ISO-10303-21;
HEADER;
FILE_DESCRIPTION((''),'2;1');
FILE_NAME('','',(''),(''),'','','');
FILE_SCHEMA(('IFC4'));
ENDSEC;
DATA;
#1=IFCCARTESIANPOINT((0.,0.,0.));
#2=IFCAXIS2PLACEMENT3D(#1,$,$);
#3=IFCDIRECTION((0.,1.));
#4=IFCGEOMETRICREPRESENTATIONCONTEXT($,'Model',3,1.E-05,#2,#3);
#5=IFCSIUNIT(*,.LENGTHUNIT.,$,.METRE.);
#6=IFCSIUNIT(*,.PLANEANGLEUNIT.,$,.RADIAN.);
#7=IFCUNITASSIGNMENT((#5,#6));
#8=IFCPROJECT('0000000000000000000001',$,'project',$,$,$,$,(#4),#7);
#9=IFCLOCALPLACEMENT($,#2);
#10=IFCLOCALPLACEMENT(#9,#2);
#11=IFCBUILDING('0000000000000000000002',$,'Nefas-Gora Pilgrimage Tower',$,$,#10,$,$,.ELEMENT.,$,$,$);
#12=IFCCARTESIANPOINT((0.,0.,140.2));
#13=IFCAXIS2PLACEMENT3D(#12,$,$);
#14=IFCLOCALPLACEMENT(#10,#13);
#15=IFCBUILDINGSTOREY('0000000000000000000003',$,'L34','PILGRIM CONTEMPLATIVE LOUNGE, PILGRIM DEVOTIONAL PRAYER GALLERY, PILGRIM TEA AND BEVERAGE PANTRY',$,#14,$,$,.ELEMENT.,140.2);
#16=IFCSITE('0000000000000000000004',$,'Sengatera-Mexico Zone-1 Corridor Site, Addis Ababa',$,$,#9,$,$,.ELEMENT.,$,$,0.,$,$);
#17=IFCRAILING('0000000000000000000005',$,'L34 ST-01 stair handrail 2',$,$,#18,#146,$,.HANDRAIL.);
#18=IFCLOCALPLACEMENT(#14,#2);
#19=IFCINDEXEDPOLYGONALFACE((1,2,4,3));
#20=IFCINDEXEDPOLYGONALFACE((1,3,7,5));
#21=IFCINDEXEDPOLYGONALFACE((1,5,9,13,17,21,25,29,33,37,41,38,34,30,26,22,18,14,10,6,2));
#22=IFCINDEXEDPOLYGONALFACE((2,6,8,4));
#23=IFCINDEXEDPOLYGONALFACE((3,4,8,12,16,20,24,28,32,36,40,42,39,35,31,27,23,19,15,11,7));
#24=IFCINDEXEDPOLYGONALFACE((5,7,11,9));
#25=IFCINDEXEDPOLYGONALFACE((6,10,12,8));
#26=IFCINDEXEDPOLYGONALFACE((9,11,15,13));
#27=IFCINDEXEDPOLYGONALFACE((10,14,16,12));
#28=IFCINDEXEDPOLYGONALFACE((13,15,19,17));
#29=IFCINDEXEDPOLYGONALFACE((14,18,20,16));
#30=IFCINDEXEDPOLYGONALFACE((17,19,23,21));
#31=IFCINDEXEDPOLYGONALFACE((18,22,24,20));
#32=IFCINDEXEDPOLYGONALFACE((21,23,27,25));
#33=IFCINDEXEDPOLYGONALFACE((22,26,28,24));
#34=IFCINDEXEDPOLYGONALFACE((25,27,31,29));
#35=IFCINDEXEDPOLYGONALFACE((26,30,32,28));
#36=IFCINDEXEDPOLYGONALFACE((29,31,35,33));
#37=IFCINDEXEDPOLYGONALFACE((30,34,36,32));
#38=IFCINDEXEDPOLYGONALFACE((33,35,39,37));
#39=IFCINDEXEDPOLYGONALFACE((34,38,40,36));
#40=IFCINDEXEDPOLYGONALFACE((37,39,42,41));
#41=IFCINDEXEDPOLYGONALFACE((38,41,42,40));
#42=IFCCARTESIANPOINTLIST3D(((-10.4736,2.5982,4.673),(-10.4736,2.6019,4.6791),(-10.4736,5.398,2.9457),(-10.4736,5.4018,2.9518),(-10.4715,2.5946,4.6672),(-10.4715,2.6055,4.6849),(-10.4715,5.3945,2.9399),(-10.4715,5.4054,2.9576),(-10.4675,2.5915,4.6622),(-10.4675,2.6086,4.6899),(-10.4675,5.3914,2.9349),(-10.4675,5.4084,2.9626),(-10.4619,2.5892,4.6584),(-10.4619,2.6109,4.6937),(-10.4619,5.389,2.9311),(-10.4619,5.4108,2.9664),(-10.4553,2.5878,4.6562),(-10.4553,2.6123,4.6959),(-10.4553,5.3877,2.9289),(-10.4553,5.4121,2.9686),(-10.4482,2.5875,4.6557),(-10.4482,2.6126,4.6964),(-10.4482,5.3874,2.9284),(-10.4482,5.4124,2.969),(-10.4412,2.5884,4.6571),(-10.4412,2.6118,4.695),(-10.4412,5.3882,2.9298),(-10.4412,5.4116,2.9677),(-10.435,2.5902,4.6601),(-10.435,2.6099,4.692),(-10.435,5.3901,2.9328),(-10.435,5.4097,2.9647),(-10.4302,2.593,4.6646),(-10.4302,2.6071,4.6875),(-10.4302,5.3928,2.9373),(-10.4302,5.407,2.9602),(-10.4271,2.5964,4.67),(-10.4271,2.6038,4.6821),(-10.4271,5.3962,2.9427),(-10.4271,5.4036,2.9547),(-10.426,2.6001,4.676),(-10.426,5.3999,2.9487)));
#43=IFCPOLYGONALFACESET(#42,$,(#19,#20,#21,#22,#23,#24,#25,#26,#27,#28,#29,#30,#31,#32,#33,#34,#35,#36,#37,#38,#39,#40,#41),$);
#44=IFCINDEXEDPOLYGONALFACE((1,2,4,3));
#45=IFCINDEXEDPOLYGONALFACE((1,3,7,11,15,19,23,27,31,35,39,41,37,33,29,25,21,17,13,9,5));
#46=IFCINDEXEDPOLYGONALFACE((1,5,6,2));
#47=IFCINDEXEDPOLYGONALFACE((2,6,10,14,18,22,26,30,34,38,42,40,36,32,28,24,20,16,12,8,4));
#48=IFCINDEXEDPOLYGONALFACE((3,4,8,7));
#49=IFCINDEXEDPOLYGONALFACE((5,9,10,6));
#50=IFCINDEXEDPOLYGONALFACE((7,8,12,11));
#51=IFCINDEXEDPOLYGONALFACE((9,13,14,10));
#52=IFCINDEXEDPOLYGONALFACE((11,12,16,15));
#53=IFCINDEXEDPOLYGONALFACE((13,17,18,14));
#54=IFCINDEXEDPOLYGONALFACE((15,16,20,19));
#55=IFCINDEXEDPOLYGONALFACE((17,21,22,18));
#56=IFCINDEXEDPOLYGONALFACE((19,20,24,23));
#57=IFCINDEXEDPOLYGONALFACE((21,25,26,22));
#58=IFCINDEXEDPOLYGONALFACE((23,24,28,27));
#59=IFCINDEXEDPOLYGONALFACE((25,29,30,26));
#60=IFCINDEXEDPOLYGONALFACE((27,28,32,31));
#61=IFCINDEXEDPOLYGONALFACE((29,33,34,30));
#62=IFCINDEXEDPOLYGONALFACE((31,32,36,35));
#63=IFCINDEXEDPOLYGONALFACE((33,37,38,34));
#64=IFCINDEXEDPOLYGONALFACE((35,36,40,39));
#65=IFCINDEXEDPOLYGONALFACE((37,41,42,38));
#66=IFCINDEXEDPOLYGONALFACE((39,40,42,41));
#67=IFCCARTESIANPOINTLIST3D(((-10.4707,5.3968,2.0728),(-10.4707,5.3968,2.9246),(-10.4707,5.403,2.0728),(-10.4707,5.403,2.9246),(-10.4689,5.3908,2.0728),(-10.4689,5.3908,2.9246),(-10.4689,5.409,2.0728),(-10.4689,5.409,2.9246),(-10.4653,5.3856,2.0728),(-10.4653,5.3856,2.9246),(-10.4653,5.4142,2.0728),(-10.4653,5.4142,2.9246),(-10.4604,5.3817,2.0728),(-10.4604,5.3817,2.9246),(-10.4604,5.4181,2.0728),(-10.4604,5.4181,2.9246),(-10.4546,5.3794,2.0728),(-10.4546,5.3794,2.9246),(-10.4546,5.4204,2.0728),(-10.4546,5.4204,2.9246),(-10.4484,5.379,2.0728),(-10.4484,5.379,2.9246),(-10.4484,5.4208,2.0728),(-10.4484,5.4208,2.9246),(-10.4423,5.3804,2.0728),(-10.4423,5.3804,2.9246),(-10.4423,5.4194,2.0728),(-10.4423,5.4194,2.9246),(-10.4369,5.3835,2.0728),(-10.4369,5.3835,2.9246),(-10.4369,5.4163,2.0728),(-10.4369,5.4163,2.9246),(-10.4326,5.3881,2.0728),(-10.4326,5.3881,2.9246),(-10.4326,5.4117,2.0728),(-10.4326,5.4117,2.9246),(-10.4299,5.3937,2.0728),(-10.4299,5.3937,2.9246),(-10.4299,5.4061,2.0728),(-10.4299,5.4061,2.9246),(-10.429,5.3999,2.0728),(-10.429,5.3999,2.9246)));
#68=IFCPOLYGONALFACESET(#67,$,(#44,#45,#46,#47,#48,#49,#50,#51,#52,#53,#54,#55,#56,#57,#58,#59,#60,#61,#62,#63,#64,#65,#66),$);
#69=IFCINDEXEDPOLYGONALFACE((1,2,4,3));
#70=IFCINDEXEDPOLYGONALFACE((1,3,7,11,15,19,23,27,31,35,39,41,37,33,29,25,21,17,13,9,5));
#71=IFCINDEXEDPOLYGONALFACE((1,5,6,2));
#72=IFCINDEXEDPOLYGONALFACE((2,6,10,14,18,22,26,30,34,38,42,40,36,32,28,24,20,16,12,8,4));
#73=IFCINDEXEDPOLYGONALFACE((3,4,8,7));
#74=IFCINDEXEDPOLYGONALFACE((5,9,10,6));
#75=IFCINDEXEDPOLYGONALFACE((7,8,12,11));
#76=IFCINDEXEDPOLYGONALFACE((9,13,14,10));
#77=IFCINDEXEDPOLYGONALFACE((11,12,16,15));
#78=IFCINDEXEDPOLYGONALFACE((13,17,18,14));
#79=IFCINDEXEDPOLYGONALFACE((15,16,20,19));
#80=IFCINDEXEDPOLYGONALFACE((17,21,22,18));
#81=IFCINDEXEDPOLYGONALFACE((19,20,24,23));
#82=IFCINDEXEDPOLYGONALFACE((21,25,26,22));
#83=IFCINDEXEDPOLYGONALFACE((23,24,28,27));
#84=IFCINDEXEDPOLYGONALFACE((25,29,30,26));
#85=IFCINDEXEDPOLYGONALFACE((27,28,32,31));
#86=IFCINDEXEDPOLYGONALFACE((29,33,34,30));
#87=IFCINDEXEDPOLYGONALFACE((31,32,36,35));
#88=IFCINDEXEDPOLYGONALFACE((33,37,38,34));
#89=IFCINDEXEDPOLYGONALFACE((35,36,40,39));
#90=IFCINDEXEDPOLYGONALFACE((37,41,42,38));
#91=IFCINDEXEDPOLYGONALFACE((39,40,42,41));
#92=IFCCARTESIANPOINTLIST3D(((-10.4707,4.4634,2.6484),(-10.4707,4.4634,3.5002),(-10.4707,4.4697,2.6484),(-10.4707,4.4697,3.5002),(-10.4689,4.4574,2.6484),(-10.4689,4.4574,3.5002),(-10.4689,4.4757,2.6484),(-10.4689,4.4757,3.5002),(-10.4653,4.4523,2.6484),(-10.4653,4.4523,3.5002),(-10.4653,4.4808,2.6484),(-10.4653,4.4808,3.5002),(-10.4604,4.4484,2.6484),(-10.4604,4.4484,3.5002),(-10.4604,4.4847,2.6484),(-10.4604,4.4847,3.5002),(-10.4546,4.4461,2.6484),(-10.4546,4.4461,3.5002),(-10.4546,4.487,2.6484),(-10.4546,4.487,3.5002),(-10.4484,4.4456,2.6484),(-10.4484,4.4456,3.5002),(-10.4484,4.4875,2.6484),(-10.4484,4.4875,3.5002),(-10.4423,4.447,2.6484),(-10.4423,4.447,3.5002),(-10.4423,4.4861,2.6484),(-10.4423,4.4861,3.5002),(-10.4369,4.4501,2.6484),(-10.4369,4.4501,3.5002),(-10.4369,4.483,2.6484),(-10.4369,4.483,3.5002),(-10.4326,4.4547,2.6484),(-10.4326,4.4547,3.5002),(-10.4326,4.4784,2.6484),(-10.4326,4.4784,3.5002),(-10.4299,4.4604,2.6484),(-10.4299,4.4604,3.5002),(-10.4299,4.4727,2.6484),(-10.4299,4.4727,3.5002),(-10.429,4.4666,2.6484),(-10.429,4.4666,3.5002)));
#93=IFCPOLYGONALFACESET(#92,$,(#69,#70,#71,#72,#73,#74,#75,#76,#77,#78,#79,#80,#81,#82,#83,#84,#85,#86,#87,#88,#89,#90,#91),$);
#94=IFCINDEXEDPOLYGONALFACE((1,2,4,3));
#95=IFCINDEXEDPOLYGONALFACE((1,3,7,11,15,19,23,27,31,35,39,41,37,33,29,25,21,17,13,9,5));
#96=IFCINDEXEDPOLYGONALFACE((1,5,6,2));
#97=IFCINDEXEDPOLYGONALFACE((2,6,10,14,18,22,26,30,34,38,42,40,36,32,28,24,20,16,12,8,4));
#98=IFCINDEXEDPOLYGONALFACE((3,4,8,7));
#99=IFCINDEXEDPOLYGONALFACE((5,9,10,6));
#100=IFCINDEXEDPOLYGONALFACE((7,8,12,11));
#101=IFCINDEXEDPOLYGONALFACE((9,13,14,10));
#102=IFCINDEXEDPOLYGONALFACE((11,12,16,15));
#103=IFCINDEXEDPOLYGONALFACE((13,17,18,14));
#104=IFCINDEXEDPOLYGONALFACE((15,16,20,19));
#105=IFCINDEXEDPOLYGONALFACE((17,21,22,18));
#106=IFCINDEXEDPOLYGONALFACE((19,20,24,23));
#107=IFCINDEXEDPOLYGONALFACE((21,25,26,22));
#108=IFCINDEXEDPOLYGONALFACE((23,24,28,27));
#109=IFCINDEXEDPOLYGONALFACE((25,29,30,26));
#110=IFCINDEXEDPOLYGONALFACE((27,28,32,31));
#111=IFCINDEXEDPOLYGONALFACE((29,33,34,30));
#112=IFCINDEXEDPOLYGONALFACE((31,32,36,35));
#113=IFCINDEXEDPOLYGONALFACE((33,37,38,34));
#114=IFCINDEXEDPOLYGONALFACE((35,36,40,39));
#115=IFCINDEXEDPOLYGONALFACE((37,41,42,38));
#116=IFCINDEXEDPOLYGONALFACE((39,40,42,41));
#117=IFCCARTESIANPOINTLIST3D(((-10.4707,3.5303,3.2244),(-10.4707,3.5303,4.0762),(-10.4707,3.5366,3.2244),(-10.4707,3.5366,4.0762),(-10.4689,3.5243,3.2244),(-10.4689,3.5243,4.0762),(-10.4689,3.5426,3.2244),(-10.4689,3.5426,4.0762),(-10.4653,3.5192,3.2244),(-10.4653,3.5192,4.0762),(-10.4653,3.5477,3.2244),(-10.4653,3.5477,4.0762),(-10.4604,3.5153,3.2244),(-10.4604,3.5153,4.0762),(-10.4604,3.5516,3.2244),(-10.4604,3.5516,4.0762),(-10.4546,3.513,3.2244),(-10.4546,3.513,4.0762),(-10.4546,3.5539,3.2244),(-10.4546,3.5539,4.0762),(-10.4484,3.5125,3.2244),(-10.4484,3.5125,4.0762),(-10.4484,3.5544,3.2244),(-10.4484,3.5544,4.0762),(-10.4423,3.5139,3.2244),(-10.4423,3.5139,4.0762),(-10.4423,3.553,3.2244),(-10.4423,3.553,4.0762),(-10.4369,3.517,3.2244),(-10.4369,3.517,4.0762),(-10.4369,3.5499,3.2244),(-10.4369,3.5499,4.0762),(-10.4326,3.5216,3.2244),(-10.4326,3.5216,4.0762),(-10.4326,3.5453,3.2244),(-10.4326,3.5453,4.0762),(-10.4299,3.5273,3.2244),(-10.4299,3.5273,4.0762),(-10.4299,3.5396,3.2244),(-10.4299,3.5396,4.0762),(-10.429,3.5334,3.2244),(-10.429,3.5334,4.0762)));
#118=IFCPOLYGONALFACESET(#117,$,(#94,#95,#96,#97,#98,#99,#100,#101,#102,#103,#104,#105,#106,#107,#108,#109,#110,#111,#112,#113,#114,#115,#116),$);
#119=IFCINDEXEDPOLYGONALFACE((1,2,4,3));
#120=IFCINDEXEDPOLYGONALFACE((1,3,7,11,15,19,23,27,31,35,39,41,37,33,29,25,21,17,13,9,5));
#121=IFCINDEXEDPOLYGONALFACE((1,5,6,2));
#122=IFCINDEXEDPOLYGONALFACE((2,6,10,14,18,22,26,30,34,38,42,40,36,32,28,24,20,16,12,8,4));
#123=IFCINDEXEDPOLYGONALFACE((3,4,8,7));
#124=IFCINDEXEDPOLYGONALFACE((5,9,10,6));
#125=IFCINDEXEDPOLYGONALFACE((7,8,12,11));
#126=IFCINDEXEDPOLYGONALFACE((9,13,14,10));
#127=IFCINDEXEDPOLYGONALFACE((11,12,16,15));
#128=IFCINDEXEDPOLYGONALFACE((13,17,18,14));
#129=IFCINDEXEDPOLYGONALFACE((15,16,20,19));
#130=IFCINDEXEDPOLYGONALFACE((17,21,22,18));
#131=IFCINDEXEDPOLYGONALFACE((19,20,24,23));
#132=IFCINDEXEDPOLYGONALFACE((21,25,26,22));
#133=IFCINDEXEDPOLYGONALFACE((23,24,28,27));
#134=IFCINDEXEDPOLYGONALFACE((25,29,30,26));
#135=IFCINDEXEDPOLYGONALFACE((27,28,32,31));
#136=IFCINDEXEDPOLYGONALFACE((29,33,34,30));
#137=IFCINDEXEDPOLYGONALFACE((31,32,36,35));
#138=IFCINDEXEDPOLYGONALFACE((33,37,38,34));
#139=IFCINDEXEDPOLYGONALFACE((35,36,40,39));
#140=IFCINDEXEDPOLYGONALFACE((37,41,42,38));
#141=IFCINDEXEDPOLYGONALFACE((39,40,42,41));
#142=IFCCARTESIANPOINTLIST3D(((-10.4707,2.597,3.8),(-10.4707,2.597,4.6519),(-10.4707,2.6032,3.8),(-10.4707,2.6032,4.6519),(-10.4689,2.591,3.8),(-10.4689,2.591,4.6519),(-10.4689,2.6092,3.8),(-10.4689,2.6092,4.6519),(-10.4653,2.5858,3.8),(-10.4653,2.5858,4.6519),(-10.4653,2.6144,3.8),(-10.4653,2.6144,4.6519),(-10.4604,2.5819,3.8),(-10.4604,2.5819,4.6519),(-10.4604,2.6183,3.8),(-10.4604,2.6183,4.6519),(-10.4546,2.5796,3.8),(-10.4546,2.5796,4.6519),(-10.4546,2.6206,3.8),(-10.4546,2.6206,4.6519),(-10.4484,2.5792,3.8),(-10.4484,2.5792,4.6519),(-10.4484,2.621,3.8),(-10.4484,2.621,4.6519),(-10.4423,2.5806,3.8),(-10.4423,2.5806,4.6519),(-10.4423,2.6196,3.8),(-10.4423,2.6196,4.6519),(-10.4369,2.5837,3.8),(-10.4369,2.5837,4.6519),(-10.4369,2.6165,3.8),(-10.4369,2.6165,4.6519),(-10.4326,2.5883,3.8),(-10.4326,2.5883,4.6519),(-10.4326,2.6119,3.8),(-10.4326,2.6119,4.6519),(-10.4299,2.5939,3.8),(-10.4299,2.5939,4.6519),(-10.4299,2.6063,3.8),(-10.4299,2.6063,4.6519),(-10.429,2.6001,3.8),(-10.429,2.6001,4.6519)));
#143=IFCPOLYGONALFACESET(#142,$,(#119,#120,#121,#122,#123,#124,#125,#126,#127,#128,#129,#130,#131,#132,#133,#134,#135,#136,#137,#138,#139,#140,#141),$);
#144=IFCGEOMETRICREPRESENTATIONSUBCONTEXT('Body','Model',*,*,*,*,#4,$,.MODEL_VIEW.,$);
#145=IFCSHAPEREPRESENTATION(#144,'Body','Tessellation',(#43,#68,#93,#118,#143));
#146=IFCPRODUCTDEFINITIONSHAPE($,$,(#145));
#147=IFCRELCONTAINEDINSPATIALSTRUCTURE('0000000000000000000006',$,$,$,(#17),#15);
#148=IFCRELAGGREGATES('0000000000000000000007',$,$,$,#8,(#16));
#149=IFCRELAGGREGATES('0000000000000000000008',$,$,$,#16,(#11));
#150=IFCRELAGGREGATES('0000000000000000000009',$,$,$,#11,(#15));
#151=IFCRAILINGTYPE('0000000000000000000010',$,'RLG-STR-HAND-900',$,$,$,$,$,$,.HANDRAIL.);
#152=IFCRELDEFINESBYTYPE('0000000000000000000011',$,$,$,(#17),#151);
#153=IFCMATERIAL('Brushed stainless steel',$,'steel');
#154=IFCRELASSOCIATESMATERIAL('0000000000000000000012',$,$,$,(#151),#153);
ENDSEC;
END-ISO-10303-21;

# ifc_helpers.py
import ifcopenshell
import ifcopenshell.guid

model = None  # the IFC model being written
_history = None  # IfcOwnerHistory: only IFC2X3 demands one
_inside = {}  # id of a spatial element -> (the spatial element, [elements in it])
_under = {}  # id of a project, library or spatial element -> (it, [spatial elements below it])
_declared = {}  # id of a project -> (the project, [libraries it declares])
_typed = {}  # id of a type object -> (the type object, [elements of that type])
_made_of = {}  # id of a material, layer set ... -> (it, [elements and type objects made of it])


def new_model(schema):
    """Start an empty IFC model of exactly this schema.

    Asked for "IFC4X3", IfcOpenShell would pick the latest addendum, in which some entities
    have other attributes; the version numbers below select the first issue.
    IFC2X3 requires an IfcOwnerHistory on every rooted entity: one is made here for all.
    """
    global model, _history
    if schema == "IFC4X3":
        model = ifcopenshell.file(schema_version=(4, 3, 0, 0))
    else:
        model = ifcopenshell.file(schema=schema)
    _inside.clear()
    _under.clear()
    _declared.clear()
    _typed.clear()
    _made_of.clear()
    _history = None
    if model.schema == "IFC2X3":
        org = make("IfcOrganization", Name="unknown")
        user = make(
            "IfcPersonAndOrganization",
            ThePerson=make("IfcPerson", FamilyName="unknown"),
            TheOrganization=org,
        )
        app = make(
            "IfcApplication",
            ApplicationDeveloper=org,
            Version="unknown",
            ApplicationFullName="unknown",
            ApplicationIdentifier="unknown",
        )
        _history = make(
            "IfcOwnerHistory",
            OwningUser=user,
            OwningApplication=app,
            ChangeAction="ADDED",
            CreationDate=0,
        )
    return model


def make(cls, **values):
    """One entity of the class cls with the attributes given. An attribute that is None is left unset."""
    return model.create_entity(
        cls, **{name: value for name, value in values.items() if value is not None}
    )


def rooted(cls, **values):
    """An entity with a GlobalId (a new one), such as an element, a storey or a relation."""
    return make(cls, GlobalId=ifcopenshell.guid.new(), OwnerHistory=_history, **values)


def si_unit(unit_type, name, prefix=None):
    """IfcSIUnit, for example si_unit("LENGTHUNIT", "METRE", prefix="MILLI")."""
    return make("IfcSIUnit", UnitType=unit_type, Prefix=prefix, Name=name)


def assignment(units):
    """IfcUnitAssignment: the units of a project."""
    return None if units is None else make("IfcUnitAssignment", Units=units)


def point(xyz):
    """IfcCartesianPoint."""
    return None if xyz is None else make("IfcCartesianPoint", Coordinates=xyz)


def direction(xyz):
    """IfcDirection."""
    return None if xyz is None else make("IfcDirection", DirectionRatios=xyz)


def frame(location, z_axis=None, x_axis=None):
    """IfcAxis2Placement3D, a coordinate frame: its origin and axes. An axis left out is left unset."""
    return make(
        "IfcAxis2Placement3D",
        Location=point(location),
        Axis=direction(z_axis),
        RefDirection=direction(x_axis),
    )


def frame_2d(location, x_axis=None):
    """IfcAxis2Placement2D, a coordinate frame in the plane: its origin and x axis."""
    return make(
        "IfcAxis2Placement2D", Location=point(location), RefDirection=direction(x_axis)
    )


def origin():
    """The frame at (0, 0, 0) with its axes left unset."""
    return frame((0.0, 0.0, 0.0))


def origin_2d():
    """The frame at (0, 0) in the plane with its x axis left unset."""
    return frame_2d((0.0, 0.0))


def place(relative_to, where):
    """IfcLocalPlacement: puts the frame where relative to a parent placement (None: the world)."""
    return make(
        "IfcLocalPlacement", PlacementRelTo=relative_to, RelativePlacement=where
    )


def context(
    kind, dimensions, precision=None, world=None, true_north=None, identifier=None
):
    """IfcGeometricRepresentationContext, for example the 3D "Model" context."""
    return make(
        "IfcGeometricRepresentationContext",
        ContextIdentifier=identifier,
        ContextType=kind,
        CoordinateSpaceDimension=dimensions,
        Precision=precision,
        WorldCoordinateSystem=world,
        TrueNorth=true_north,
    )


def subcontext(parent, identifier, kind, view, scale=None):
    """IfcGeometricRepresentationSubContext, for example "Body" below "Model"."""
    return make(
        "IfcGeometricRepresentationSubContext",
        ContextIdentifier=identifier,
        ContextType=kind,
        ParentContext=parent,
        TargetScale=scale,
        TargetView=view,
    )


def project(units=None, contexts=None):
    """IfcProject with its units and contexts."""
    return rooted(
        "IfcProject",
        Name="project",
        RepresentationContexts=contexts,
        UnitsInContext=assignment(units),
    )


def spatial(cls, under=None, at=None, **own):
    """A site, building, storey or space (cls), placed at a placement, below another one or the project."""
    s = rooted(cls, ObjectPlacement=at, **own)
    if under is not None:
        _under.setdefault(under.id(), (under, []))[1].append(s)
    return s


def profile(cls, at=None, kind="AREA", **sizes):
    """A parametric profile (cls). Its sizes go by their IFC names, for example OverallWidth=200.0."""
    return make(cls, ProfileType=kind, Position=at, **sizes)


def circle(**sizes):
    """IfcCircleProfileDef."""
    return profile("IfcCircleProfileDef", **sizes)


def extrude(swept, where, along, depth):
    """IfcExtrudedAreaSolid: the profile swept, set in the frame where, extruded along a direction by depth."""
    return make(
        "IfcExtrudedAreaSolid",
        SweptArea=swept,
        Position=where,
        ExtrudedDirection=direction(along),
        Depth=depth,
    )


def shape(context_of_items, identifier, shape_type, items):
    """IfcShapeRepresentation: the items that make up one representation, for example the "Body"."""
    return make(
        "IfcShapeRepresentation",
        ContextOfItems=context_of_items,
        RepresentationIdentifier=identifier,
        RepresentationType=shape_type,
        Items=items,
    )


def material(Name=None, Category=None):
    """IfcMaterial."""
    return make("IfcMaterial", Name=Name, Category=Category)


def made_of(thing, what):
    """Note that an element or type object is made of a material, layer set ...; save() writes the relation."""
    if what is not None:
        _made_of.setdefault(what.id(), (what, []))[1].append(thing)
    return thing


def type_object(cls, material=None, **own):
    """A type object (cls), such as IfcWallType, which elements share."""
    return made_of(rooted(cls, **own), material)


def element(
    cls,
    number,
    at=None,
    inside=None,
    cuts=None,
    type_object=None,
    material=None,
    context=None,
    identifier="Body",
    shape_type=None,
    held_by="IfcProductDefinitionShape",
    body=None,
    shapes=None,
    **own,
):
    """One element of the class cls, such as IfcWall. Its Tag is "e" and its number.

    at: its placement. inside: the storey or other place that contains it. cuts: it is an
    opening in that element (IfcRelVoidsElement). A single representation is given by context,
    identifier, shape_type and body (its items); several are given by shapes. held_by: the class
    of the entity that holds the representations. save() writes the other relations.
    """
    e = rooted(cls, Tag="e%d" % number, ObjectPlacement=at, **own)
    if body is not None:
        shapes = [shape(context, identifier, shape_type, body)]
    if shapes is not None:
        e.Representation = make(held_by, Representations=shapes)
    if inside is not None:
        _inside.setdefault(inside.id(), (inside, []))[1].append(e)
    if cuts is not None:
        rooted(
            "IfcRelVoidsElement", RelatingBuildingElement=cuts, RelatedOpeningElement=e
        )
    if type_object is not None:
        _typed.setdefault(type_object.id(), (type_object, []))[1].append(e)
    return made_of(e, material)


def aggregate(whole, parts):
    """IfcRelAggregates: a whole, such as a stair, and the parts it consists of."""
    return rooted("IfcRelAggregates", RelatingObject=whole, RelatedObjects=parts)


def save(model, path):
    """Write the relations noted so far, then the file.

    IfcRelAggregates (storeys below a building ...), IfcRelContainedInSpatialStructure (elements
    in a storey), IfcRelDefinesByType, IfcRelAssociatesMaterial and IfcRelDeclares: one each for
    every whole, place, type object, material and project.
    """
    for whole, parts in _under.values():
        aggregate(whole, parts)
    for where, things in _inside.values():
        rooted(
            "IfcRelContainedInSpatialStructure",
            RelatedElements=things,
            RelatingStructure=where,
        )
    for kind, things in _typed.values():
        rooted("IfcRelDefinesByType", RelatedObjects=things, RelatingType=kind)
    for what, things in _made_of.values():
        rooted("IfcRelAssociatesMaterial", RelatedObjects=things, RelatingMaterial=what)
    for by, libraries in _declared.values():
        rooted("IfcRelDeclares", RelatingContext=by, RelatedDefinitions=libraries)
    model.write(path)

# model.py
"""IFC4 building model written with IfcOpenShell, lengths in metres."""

from ifc_helpers import new_model, si_unit, direction, frame, origin, origin_2d, place, context, subcontext, project, spatial, circle, extrude, material, type_object, element, save


model = new_model("IFC4")

# Units and contexts
model_context = context("Model", 3, precision=1e-05, world=origin(), true_north=direction((0.0, 1.0)))
body_context = subcontext(model_context, "Body", "Model", "MODEL_VIEW")
ifc_project = project(units=[si_unit("LENGTHUNIT", "METRE"), si_unit("PLANEANGLEUNIT", "RADIAN")], contexts=[model_context])

# Site, building, storey
site_placement = place(None, origin())
site = spatial("IfcSite", under=ifc_project, at=site_placement, Name="Sengatera-Mexico Zone-1 Corridor Site, Addis Ababa", CompositionType="ELEMENT", RefElevation=0.0)
building_placement = place(site_placement, origin())
building = spatial("IfcBuilding", under=site, at=building_placement, Name="Nefas-Gora Pilgrimage Tower", CompositionType="ELEMENT")
storey_placement = place(building_placement, frame((0.0, 0.0, 140.2)))
storey = spatial("IfcBuildingStorey", under=building, at=storey_placement, Name="L34", Description="PILGRIM CONTEMPLATIVE LOUNGE, PILGRIM DEVOTIONAL PRAYER GALLERY, PILGRIM TEA AND BEVERAGE PANTRY", CompositionType="ELEMENT", Elevation=140.2)

# Railing
ifc_material_1 = material(Name="Brushed stainless steel", Category="steel")
railing_type_1 = type_object("IfcRailingType", Name="RLG-STR-HAND-900", PredefinedType="HANDRAIL", material=ifc_material_1)
railing_1_placement = place(storey_placement, frame((-10.45, 5.3999, 2.0728)))
element("IfcRailing", 1, at=railing_1_placement, inside=storey, type_object=railing_type_1, Name="L34 ST-01 stair handrail 2", PredefinedType="HANDRAIL", context=body_context, shape_type="SweptSolid", body=[
    extrude(circle(Radius=0.0239, at=origin_2d()), frame((0.0, 0.0, 0.876), z_axis=(0.0, -0.851069, 0.525054), x_axis=(1.0, 0.0, 0.0)), (0.0, 0.0, 1.0), 3.2898),
    extrude(circle(Radius=0.021, at=origin_2d()), origin(), (0.0, 0.0, 1.0), 0.8518),
    extrude(circle(Radius=0.021, at=origin_2d()), frame((0.0, -0.9333, 0.5757)), (0.0, 0.0, 1.0), 0.8518),
    extrude(circle(Radius=0.021, at=origin_2d()), frame((0.0, -1.8665, 1.1516)), (0.0, 0.0, 1.0), 0.8518),
    extrude(circle(Radius=0.021, at=origin_2d()), frame((0.0, -2.7998, 1.7273)), (0.0, 0.0, 1.0), 0.8518),
])

save(model, "model.ifc")
